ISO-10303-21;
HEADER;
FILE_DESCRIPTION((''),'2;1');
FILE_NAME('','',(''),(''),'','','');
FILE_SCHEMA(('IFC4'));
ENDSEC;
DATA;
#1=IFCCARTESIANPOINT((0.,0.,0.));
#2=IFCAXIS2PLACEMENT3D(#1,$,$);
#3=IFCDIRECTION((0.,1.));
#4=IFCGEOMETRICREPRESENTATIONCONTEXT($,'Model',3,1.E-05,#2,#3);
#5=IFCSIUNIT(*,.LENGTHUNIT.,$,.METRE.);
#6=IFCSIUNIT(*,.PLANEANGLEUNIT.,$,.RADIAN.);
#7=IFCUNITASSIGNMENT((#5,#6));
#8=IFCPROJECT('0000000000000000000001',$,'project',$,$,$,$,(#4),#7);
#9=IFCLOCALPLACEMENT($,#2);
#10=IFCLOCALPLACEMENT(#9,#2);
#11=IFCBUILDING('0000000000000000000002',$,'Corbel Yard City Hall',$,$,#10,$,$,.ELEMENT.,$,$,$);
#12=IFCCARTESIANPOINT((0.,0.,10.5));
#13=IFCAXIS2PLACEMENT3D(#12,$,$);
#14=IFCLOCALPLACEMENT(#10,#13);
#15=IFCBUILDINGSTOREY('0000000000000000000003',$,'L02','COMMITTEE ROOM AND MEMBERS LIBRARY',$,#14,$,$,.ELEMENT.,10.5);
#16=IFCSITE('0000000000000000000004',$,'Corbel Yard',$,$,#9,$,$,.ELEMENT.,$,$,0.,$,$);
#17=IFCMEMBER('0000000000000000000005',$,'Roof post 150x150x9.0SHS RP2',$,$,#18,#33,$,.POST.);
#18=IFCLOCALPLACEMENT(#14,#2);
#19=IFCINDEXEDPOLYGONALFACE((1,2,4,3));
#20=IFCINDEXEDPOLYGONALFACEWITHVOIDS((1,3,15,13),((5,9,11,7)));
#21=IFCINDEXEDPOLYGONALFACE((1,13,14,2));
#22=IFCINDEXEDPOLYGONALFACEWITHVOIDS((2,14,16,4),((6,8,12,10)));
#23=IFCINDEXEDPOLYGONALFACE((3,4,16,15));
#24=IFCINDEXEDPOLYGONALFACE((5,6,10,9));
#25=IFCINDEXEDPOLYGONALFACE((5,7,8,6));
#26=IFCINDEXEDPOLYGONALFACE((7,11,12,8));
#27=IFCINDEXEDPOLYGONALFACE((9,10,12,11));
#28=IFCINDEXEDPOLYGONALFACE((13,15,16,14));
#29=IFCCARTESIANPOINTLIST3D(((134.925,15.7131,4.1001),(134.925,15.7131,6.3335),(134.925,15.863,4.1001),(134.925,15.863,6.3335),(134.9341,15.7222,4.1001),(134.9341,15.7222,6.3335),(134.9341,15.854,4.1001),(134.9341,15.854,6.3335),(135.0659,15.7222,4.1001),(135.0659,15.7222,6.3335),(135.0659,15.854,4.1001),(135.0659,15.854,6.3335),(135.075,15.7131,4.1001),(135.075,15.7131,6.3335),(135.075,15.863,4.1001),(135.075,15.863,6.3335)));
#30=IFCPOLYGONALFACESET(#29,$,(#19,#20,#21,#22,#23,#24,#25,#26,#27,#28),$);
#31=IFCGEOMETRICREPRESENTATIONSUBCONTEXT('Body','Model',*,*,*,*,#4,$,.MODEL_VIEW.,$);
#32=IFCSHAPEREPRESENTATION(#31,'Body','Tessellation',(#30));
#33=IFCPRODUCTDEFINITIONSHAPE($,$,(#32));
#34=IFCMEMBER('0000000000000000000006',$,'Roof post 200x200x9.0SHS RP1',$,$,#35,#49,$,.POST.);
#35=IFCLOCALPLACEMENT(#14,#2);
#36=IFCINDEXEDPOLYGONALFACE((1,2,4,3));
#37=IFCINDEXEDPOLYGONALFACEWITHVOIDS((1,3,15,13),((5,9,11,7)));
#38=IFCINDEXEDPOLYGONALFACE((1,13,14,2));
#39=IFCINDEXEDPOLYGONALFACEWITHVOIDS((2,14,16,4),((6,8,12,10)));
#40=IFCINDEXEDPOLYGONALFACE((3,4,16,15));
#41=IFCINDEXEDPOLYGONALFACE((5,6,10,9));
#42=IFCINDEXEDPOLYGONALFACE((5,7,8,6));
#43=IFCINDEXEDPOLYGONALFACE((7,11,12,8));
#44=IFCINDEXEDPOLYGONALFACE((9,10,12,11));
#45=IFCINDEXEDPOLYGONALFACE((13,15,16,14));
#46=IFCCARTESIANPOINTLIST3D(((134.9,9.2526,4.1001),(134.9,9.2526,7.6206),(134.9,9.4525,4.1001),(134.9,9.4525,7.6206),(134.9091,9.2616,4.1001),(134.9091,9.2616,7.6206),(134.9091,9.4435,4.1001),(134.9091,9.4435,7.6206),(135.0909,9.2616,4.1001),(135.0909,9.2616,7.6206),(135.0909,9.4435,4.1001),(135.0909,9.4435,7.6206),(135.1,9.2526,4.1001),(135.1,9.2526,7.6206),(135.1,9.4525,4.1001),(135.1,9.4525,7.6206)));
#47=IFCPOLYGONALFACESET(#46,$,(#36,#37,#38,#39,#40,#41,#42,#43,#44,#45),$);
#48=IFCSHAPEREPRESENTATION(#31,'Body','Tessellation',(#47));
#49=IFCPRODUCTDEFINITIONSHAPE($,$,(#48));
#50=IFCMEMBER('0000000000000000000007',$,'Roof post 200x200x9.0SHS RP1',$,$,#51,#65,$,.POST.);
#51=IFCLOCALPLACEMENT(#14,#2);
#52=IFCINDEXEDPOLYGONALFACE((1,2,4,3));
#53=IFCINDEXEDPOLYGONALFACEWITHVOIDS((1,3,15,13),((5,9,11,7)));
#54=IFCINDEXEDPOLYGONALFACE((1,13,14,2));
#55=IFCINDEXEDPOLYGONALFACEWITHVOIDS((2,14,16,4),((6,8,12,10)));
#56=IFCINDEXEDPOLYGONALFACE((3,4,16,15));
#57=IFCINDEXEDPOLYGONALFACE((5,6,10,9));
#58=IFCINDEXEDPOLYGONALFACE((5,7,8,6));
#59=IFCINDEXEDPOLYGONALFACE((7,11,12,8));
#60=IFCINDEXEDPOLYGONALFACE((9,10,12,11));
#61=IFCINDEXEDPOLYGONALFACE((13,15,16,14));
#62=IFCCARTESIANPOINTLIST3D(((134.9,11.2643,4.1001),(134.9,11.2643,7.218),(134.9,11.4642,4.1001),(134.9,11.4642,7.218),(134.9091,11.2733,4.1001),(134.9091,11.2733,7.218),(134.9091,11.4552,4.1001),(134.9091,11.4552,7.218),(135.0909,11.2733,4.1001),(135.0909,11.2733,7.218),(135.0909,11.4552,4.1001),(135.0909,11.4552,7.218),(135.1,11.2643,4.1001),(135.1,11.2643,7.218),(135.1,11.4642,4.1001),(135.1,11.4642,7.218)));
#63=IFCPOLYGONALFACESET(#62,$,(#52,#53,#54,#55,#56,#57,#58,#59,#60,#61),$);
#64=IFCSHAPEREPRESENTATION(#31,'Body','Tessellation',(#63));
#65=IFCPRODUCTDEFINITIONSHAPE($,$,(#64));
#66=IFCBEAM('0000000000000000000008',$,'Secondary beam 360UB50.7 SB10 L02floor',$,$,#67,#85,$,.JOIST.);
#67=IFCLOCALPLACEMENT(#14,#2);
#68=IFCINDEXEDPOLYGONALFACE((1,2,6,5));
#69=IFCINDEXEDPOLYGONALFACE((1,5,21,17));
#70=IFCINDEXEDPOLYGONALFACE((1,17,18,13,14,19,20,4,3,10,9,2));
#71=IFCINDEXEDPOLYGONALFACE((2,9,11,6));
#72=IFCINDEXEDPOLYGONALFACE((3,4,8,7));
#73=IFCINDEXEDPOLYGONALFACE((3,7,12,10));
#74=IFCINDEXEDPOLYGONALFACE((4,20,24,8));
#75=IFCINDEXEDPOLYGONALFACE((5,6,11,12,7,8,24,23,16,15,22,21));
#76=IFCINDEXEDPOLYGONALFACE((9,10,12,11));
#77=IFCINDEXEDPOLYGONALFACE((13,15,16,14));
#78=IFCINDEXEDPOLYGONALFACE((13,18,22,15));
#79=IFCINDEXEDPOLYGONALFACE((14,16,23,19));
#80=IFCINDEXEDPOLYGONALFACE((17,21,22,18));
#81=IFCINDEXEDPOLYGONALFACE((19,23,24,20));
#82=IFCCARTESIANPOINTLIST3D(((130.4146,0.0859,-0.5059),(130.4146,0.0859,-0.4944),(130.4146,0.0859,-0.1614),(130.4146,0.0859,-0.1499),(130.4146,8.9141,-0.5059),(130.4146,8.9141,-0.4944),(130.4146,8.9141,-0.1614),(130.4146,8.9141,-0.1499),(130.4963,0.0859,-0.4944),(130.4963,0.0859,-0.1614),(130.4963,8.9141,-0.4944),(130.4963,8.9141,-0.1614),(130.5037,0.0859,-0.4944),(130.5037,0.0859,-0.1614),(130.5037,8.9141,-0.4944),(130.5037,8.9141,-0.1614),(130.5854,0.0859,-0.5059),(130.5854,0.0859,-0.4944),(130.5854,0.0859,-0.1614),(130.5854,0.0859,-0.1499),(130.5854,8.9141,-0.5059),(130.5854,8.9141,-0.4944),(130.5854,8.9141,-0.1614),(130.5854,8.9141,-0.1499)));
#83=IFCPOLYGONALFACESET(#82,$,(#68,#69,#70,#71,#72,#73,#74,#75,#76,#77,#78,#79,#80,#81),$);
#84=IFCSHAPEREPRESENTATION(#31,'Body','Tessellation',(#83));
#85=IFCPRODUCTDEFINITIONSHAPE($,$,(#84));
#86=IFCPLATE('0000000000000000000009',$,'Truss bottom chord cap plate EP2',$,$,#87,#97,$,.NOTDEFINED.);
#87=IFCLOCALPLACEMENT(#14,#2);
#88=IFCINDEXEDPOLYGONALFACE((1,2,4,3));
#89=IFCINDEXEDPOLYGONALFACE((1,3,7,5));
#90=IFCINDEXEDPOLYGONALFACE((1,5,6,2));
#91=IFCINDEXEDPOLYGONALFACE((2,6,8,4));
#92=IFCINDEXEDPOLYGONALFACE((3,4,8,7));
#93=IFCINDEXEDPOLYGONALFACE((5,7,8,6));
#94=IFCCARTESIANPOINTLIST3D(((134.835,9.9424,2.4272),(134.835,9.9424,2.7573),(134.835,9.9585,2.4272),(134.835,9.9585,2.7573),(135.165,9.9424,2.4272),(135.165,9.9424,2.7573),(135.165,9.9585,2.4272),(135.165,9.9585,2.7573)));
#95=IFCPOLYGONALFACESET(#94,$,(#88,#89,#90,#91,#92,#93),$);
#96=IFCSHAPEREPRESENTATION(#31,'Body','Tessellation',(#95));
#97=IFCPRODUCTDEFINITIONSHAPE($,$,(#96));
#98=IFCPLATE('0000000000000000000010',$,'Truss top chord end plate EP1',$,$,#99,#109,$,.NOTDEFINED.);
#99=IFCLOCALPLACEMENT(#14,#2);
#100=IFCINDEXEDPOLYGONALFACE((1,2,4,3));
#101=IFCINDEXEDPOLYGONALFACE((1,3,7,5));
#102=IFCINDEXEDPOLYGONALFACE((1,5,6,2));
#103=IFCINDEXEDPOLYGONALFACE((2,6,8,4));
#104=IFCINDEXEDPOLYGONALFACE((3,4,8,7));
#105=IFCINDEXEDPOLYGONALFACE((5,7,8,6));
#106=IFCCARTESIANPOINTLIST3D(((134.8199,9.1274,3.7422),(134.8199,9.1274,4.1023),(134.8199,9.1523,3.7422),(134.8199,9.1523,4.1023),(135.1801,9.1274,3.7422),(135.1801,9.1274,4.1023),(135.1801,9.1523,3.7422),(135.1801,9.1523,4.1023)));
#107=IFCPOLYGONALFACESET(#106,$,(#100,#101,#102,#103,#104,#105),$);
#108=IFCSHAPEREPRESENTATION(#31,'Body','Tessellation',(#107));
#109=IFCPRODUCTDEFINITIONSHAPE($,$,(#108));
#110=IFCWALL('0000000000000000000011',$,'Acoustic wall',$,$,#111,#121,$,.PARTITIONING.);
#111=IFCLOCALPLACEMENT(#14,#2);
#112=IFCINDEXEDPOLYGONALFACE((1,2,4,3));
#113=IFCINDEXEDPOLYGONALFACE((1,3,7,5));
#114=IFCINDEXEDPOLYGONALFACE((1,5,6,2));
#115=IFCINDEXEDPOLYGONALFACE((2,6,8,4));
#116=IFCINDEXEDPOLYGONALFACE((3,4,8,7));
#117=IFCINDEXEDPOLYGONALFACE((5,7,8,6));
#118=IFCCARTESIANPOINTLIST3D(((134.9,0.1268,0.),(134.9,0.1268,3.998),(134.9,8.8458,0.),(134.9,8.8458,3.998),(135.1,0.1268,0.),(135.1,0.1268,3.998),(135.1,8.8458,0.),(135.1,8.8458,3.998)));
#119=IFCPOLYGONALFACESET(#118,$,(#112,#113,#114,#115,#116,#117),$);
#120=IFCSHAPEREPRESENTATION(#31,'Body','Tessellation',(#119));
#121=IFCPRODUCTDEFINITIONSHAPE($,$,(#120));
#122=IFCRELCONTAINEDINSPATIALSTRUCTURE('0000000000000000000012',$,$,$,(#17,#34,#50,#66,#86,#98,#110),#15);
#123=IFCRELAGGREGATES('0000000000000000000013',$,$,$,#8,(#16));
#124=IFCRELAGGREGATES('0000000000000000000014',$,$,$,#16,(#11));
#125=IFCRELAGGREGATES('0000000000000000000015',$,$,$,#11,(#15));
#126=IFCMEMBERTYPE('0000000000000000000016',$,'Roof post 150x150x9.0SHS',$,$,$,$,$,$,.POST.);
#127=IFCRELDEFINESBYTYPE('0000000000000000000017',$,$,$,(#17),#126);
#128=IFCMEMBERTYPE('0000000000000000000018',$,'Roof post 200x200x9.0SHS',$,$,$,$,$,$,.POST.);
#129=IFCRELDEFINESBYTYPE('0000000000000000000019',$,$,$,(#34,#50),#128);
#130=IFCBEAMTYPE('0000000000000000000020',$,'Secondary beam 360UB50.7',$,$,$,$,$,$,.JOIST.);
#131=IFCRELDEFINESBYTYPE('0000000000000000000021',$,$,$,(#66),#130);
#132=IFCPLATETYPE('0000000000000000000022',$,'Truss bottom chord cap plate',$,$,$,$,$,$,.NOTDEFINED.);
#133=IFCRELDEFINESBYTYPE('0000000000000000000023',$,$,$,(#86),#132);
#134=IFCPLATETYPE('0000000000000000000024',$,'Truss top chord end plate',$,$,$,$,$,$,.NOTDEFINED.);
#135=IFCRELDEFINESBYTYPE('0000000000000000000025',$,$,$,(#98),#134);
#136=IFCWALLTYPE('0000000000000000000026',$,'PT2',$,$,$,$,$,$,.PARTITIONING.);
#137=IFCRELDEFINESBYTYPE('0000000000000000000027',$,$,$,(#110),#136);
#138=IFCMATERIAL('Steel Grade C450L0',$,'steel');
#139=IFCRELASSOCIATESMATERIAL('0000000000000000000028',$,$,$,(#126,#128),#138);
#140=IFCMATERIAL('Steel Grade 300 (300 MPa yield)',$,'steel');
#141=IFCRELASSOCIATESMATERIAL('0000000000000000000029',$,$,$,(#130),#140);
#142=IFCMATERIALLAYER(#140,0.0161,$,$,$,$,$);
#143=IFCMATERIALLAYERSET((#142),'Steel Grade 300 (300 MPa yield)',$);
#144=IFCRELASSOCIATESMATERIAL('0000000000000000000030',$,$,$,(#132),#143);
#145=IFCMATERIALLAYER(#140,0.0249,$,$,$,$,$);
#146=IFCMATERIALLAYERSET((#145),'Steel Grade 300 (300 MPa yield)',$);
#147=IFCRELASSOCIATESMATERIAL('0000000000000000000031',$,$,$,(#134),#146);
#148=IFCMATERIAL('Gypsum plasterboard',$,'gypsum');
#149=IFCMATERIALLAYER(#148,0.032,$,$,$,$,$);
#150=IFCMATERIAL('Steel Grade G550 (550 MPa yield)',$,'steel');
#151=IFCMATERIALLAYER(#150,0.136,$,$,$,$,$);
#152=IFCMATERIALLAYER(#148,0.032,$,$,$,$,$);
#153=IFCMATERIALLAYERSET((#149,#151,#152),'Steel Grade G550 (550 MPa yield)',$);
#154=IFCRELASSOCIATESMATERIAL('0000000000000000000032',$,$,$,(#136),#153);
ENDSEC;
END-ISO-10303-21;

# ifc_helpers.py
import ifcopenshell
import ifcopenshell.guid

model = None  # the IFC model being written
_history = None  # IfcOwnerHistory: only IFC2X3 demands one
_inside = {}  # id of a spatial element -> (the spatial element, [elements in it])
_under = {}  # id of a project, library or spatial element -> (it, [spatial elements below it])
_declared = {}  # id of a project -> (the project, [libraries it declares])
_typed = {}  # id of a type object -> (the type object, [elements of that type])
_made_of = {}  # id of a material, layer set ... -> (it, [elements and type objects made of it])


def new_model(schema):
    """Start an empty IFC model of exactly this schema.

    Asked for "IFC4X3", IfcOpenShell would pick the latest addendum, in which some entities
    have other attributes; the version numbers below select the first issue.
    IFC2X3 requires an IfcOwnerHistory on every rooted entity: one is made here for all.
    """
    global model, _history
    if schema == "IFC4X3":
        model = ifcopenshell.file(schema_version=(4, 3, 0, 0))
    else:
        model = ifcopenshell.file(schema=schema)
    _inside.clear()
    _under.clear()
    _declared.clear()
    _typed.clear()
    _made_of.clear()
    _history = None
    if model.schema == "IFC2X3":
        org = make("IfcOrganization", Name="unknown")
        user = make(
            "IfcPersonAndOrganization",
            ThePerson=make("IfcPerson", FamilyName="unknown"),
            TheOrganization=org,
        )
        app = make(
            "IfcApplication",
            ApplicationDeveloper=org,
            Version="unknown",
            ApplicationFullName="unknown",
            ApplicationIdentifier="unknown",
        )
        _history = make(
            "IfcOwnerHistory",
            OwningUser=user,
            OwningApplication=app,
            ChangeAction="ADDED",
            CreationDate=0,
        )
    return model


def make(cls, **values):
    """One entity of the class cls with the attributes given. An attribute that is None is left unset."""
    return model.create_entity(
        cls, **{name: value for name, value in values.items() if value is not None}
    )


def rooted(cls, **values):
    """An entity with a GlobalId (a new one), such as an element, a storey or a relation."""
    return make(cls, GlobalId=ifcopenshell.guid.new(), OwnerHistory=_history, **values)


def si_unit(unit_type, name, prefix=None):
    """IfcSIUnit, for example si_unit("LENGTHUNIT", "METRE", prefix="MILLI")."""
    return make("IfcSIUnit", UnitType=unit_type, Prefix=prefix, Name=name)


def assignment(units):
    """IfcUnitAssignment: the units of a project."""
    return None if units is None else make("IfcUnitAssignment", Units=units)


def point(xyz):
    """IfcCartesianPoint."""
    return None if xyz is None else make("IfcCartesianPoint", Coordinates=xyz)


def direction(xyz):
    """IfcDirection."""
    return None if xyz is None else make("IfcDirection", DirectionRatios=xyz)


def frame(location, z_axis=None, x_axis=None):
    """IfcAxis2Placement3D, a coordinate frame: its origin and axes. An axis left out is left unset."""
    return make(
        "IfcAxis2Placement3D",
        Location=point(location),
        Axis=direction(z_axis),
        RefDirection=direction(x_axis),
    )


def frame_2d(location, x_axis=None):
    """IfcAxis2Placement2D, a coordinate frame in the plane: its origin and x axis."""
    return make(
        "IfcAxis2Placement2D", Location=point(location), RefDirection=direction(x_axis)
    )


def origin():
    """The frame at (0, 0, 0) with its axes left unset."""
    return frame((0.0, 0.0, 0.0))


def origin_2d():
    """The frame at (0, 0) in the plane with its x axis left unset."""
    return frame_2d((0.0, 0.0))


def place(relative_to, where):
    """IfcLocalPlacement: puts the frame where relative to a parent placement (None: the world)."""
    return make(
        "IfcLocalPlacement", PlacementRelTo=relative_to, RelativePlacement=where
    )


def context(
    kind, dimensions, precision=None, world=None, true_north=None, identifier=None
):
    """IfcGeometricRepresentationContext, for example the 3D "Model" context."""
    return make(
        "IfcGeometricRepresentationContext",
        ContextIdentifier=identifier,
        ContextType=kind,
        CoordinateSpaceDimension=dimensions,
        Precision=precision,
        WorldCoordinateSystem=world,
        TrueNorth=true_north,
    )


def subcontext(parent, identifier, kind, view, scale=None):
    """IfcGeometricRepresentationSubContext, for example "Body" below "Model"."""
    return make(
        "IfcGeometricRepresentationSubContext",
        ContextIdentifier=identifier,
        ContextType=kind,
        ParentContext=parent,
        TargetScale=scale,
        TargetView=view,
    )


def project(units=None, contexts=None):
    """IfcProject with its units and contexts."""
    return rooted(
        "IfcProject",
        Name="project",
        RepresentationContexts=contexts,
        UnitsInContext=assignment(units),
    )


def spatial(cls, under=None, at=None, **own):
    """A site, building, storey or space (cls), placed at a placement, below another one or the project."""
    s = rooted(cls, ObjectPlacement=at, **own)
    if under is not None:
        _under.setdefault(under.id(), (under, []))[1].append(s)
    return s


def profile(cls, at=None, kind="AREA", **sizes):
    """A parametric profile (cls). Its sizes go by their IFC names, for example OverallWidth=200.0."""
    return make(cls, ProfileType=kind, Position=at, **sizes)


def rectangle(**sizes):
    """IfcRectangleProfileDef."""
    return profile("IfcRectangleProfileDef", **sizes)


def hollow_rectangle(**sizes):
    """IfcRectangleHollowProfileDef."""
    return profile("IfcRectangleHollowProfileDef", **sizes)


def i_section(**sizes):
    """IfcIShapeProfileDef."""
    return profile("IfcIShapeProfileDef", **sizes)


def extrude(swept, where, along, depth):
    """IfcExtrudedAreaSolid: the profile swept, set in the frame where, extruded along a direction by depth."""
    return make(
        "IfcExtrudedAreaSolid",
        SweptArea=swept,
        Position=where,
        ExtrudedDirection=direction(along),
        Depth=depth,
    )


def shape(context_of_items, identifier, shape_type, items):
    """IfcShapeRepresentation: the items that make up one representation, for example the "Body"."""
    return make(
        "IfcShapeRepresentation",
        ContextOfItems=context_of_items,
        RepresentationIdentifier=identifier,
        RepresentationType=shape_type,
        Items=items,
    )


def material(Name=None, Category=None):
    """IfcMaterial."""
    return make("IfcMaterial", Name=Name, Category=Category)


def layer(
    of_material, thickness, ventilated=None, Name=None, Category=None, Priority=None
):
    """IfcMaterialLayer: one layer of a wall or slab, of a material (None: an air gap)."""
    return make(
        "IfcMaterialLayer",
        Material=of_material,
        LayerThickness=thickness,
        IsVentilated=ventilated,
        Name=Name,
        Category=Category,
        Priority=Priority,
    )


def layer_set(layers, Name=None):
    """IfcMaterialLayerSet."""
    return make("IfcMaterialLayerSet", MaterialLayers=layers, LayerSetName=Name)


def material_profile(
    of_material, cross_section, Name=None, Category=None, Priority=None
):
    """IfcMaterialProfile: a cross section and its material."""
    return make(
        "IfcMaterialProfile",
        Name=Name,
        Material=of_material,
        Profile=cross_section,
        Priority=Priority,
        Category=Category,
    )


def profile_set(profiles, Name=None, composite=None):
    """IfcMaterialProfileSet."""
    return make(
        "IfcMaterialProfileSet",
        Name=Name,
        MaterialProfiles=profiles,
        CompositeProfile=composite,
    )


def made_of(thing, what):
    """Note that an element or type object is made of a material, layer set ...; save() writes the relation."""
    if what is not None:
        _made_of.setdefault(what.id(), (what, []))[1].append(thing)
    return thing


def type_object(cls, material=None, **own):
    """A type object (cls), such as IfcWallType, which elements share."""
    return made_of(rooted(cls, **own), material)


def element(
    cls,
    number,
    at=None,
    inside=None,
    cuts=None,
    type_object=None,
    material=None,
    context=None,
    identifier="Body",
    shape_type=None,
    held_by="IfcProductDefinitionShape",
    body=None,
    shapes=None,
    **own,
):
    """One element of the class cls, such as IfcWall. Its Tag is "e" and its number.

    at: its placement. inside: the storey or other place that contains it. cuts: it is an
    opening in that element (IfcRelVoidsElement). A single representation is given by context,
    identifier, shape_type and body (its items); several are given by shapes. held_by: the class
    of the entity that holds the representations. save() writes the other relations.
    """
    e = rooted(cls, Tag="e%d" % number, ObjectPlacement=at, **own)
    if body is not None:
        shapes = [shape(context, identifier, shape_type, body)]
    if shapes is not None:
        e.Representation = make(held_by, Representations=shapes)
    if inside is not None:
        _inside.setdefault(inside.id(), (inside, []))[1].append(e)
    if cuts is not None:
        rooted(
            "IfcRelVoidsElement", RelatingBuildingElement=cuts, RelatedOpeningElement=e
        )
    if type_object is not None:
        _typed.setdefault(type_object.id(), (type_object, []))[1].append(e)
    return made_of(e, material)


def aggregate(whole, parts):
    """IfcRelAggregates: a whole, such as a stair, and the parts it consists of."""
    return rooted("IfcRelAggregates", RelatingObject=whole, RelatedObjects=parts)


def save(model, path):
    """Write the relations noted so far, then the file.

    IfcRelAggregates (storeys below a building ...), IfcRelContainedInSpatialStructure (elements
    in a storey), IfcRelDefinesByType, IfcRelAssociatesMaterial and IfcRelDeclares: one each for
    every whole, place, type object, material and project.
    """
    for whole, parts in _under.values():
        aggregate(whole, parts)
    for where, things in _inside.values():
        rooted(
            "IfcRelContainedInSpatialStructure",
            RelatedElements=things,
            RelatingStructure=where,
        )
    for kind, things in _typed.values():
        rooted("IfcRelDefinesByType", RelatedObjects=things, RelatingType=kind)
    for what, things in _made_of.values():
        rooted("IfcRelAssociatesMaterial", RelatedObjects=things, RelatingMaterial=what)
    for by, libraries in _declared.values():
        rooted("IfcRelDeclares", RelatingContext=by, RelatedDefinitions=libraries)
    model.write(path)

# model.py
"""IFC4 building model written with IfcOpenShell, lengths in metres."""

from ifc_helpers import new_model, si_unit, direction, frame, frame_2d, origin, origin_2d, place, context, subcontext, project, spatial, rectangle, hollow_rectangle, i_section, extrude, material, layer, layer_set, material_profile, profile_set, type_object, element, save


model = new_model("IFC4")

# Units and contexts
model_context = context("Model", 3, precision=1e-05, world=origin(), true_north=direction((0.0, 1.0)))
body_context = subcontext(model_context, "Body", "Model", "MODEL_VIEW")
ifc_project = project(units=[si_unit("LENGTHUNIT", "METRE"), si_unit("PLANEANGLEUNIT", "RADIAN")], contexts=[model_context])

# Site, building, storey
site_placement = place(None, origin())
site = spatial("IfcSite", under=ifc_project, at=site_placement, Name="Corbel Yard", CompositionType="ELEMENT", RefElevation=0.0)
building_placement = place(site_placement, origin())
building = spatial("IfcBuilding", under=site, at=building_placement, Name="Corbel Yard City Hall", CompositionType="ELEMENT")
storey_placement = place(building_placement, frame((0.0, 0.0, 10.5)))
storey = spatial("IfcBuildingStorey", under=building, at=storey_placement, Name="L02", Description="COMMITTEE ROOM AND MEMBERS LIBRARY", CompositionType="ELEMENT", Elevation=10.5)

# Shared definitions
ifc_material_1 = material(Name="Steel Grade 300 (300 MPa yield)", Category="steel")

# Members
ifc_material_2 = material(Name="Steel Grade C450L0", Category="steel")
ifc_material_profile_1 = material_profile(ifc_material_2, hollow_rectangle(XDim=0.1499, YDim=0.1499, WallThickness=0.009, at=origin_2d()), Name="150x150x9.0SHS")
ifc_profile_set_1 = profile_set([ifc_material_profile_1], Name="Steel Grade C450L0")
member_type_1 = type_object("IfcMemberType", Name="Roof post 150x150x9.0SHS", PredefinedType="POST", material=ifc_profile_set_1)
member_1_placement = place(storey_placement, frame((135.0, 15.7881, 4.1001), z_axis=(0.0, 0.0, 1.0), x_axis=(1.0, 0.0, 0.0)))
element("IfcMember", 1, at=member_1_placement, inside=storey, type_object=member_type_1, Name="Roof post 150x150x9.0SHS RP2", PredefinedType="POST", context=body_context, shape_type="SweptSolid", body=[
    extrude(hollow_rectangle(XDim=0.1499, YDim=0.1499, WallThickness=0.009, at=origin_2d()), origin(), (0.0, 0.0, 1.0), 2.2334),
])
ifc_material_profile_2 = material_profile(ifc_material_2, hollow_rectangle(XDim=0.2, YDim=0.2, WallThickness=0.009, at=origin_2d()), Name="200x200x9.0SHS")
ifc_profile_set_2 = profile_set([ifc_material_profile_2], Name="Steel Grade C450L0")
member_type_2 = type_object("IfcMemberType", Name="Roof post 200x200x9.0SHS", PredefinedType="POST", material=ifc_profile_set_2)
member_2_placement = place(storey_placement, frame((135.0, 9.3525, 4.1001), z_axis=(0.0, 0.0, 1.0), x_axis=(1.0, 0.0, 0.0)))
element("IfcMember", 2, at=member_2_placement, inside=storey, type_object=member_type_2, Name="Roof post 200x200x9.0SHS RP1", PredefinedType="POST", context=body_context, shape_type="SweptSolid", body=[
    extrude(hollow_rectangle(XDim=0.2, YDim=0.2, WallThickness=0.009, at=origin_2d()), origin(), (0.0, 0.0, 1.0), 3.5205),
])
member_3_placement = place(storey_placement, frame((135.0, 11.3643, 4.1001), z_axis=(0.0, 0.0, 1.0), x_axis=(1.0, 0.0, 0.0)))
element("IfcMember", 3, at=member_3_placement, inside=storey, type_object=member_type_2, Name="Roof post 200x200x9.0SHS RP1", PredefinedType="POST", context=body_context, shape_type="SweptSolid", body=[
    extrude(hollow_rectangle(XDim=0.2, YDim=0.2, WallThickness=0.009, at=origin_2d()), origin(), (0.0, 0.0, 1.0), 3.1179),
])

# Beam
ifc_material_profile_3 = material_profile(ifc_material_1, i_section(OverallWidth=0.1709, OverallDepth=0.356, WebThickness=0.0073, FlangeThickness=0.0115, at=origin_2d()), Name="360UB50.7")
ifc_profile_set_3 = profile_set([ifc_material_profile_3], Name="Steel Grade 300 (300 MPa yield)")
beam_type_1 = type_object("IfcBeamType", Name="Secondary beam 360UB50.7", PredefinedType="JOIST", material=ifc_profile_set_3)
beam_1_placement = place(storey_placement, frame((130.5, 0.0859, -0.3279), z_axis=(0.0, 1.0, 0.0), x_axis=(-1.0, 0.0, 0.0)))
element("IfcBeam", 4, at=beam_1_placement, inside=storey, type_object=beam_type_1, Name="Secondary beam 360UB50.7 SB10 L02floor", PredefinedType="JOIST", context=body_context, shape_type="SweptSolid", body=[
    extrude(i_section(OverallWidth=0.1709, OverallDepth=0.356, WebThickness=0.0073, FlangeThickness=0.0115, at=origin_2d()), origin(), (0.0, 0.0, 1.0), 8.8281),
])

# Plates
ifc_layer_1 = layer(ifc_material_1, 0.0161)
ifc_layer_set_1 = layer_set([ifc_layer_1], Name="Steel Grade 300 (300 MPa yield)")
plate_type_1 = type_object("IfcPlateType", Name="Truss bottom chord cap plate", PredefinedType="NOTDEFINED", material=ifc_layer_set_1)
plate_1_placement = place(storey_placement, frame((135.0, 9.9504, 2.4272), z_axis=(0.0, 0.0, 1.0), x_axis=(1.0, 0.0, 0.0)))
element("IfcPlate", 5, at=plate_1_placement, inside=storey, type_object=plate_type_1, Name="Truss bottom chord cap plate EP2", PredefinedType="NOTDEFINED", context=body_context, shape_type="SweptSolid", body=[
    extrude(rectangle(XDim=0.3301, YDim=0.0161, at=origin_2d()), origin(), (0.0, 0.0, 1.0), 0.3301),
])
ifc_layer_2 = layer(ifc_material_1, 0.0249)
ifc_layer_set_2 = layer_set([ifc_layer_2], Name="Steel Grade 300 (300 MPa yield)")
plate_type_2 = type_object("IfcPlateType", Name="Truss top chord end plate", PredefinedType="NOTDEFINED", material=ifc_layer_set_2)
plate_2_placement = place(storey_placement, frame((135.0, 9.1399, 3.7422), z_axis=(0.0, 0.0, 1.0), x_axis=(1.0, 0.0, 0.0)))
element("IfcPlate", 6, at=plate_2_placement, inside=storey, type_object=plate_type_2, Name="Truss top chord end plate EP1", PredefinedType="NOTDEFINED", context=body_context, shape_type="SweptSolid", body=[
    extrude(rectangle(XDim=0.3601, YDim=0.0249, at=origin_2d()), origin(), (0.0, 0.0, 1.0), 0.3601),
])

# Wall
ifc_material_3 = material(Name="Gypsum plasterboard", Category="gypsum")
ifc_layer_3 = layer(ifc_material_3, 0.032)
ifc_material_4 = material(Name="Steel Grade G550 (550 MPa yield)", Category="steel")
ifc_layer_4 = layer(ifc_material_4, 0.136)
ifc_layer_5 = layer(ifc_material_3, 0.032)
ifc_layer_set_3 = layer_set([ifc_layer_3, ifc_layer_4, ifc_layer_5], Name="Steel Grade G550 (550 MPa yield)")
wall_type = type_object("IfcWallType", Name="PT2", PredefinedType="PARTITIONING", material=ifc_layer_set_3)
wall_placement = place(storey_placement, frame((135.0, 0.127, 0.0), z_axis=(0.0, 0.0, 1.0), x_axis=(0.0, 1.0, 0.0)))
element("IfcWall", 7, at=wall_placement, inside=storey, type_object=wall_type, Name="Acoustic wall", PredefinedType="PARTITIONING", context=body_context, shape_type="SweptSolid", body=[
    extrude(rectangle(XDim=8.719, YDim=0.2, at=frame_2d((4.3594, 0.0))), origin(), (0.0, 0.0, 1.0), 3.998),
])

save(model, "model.ifc")
